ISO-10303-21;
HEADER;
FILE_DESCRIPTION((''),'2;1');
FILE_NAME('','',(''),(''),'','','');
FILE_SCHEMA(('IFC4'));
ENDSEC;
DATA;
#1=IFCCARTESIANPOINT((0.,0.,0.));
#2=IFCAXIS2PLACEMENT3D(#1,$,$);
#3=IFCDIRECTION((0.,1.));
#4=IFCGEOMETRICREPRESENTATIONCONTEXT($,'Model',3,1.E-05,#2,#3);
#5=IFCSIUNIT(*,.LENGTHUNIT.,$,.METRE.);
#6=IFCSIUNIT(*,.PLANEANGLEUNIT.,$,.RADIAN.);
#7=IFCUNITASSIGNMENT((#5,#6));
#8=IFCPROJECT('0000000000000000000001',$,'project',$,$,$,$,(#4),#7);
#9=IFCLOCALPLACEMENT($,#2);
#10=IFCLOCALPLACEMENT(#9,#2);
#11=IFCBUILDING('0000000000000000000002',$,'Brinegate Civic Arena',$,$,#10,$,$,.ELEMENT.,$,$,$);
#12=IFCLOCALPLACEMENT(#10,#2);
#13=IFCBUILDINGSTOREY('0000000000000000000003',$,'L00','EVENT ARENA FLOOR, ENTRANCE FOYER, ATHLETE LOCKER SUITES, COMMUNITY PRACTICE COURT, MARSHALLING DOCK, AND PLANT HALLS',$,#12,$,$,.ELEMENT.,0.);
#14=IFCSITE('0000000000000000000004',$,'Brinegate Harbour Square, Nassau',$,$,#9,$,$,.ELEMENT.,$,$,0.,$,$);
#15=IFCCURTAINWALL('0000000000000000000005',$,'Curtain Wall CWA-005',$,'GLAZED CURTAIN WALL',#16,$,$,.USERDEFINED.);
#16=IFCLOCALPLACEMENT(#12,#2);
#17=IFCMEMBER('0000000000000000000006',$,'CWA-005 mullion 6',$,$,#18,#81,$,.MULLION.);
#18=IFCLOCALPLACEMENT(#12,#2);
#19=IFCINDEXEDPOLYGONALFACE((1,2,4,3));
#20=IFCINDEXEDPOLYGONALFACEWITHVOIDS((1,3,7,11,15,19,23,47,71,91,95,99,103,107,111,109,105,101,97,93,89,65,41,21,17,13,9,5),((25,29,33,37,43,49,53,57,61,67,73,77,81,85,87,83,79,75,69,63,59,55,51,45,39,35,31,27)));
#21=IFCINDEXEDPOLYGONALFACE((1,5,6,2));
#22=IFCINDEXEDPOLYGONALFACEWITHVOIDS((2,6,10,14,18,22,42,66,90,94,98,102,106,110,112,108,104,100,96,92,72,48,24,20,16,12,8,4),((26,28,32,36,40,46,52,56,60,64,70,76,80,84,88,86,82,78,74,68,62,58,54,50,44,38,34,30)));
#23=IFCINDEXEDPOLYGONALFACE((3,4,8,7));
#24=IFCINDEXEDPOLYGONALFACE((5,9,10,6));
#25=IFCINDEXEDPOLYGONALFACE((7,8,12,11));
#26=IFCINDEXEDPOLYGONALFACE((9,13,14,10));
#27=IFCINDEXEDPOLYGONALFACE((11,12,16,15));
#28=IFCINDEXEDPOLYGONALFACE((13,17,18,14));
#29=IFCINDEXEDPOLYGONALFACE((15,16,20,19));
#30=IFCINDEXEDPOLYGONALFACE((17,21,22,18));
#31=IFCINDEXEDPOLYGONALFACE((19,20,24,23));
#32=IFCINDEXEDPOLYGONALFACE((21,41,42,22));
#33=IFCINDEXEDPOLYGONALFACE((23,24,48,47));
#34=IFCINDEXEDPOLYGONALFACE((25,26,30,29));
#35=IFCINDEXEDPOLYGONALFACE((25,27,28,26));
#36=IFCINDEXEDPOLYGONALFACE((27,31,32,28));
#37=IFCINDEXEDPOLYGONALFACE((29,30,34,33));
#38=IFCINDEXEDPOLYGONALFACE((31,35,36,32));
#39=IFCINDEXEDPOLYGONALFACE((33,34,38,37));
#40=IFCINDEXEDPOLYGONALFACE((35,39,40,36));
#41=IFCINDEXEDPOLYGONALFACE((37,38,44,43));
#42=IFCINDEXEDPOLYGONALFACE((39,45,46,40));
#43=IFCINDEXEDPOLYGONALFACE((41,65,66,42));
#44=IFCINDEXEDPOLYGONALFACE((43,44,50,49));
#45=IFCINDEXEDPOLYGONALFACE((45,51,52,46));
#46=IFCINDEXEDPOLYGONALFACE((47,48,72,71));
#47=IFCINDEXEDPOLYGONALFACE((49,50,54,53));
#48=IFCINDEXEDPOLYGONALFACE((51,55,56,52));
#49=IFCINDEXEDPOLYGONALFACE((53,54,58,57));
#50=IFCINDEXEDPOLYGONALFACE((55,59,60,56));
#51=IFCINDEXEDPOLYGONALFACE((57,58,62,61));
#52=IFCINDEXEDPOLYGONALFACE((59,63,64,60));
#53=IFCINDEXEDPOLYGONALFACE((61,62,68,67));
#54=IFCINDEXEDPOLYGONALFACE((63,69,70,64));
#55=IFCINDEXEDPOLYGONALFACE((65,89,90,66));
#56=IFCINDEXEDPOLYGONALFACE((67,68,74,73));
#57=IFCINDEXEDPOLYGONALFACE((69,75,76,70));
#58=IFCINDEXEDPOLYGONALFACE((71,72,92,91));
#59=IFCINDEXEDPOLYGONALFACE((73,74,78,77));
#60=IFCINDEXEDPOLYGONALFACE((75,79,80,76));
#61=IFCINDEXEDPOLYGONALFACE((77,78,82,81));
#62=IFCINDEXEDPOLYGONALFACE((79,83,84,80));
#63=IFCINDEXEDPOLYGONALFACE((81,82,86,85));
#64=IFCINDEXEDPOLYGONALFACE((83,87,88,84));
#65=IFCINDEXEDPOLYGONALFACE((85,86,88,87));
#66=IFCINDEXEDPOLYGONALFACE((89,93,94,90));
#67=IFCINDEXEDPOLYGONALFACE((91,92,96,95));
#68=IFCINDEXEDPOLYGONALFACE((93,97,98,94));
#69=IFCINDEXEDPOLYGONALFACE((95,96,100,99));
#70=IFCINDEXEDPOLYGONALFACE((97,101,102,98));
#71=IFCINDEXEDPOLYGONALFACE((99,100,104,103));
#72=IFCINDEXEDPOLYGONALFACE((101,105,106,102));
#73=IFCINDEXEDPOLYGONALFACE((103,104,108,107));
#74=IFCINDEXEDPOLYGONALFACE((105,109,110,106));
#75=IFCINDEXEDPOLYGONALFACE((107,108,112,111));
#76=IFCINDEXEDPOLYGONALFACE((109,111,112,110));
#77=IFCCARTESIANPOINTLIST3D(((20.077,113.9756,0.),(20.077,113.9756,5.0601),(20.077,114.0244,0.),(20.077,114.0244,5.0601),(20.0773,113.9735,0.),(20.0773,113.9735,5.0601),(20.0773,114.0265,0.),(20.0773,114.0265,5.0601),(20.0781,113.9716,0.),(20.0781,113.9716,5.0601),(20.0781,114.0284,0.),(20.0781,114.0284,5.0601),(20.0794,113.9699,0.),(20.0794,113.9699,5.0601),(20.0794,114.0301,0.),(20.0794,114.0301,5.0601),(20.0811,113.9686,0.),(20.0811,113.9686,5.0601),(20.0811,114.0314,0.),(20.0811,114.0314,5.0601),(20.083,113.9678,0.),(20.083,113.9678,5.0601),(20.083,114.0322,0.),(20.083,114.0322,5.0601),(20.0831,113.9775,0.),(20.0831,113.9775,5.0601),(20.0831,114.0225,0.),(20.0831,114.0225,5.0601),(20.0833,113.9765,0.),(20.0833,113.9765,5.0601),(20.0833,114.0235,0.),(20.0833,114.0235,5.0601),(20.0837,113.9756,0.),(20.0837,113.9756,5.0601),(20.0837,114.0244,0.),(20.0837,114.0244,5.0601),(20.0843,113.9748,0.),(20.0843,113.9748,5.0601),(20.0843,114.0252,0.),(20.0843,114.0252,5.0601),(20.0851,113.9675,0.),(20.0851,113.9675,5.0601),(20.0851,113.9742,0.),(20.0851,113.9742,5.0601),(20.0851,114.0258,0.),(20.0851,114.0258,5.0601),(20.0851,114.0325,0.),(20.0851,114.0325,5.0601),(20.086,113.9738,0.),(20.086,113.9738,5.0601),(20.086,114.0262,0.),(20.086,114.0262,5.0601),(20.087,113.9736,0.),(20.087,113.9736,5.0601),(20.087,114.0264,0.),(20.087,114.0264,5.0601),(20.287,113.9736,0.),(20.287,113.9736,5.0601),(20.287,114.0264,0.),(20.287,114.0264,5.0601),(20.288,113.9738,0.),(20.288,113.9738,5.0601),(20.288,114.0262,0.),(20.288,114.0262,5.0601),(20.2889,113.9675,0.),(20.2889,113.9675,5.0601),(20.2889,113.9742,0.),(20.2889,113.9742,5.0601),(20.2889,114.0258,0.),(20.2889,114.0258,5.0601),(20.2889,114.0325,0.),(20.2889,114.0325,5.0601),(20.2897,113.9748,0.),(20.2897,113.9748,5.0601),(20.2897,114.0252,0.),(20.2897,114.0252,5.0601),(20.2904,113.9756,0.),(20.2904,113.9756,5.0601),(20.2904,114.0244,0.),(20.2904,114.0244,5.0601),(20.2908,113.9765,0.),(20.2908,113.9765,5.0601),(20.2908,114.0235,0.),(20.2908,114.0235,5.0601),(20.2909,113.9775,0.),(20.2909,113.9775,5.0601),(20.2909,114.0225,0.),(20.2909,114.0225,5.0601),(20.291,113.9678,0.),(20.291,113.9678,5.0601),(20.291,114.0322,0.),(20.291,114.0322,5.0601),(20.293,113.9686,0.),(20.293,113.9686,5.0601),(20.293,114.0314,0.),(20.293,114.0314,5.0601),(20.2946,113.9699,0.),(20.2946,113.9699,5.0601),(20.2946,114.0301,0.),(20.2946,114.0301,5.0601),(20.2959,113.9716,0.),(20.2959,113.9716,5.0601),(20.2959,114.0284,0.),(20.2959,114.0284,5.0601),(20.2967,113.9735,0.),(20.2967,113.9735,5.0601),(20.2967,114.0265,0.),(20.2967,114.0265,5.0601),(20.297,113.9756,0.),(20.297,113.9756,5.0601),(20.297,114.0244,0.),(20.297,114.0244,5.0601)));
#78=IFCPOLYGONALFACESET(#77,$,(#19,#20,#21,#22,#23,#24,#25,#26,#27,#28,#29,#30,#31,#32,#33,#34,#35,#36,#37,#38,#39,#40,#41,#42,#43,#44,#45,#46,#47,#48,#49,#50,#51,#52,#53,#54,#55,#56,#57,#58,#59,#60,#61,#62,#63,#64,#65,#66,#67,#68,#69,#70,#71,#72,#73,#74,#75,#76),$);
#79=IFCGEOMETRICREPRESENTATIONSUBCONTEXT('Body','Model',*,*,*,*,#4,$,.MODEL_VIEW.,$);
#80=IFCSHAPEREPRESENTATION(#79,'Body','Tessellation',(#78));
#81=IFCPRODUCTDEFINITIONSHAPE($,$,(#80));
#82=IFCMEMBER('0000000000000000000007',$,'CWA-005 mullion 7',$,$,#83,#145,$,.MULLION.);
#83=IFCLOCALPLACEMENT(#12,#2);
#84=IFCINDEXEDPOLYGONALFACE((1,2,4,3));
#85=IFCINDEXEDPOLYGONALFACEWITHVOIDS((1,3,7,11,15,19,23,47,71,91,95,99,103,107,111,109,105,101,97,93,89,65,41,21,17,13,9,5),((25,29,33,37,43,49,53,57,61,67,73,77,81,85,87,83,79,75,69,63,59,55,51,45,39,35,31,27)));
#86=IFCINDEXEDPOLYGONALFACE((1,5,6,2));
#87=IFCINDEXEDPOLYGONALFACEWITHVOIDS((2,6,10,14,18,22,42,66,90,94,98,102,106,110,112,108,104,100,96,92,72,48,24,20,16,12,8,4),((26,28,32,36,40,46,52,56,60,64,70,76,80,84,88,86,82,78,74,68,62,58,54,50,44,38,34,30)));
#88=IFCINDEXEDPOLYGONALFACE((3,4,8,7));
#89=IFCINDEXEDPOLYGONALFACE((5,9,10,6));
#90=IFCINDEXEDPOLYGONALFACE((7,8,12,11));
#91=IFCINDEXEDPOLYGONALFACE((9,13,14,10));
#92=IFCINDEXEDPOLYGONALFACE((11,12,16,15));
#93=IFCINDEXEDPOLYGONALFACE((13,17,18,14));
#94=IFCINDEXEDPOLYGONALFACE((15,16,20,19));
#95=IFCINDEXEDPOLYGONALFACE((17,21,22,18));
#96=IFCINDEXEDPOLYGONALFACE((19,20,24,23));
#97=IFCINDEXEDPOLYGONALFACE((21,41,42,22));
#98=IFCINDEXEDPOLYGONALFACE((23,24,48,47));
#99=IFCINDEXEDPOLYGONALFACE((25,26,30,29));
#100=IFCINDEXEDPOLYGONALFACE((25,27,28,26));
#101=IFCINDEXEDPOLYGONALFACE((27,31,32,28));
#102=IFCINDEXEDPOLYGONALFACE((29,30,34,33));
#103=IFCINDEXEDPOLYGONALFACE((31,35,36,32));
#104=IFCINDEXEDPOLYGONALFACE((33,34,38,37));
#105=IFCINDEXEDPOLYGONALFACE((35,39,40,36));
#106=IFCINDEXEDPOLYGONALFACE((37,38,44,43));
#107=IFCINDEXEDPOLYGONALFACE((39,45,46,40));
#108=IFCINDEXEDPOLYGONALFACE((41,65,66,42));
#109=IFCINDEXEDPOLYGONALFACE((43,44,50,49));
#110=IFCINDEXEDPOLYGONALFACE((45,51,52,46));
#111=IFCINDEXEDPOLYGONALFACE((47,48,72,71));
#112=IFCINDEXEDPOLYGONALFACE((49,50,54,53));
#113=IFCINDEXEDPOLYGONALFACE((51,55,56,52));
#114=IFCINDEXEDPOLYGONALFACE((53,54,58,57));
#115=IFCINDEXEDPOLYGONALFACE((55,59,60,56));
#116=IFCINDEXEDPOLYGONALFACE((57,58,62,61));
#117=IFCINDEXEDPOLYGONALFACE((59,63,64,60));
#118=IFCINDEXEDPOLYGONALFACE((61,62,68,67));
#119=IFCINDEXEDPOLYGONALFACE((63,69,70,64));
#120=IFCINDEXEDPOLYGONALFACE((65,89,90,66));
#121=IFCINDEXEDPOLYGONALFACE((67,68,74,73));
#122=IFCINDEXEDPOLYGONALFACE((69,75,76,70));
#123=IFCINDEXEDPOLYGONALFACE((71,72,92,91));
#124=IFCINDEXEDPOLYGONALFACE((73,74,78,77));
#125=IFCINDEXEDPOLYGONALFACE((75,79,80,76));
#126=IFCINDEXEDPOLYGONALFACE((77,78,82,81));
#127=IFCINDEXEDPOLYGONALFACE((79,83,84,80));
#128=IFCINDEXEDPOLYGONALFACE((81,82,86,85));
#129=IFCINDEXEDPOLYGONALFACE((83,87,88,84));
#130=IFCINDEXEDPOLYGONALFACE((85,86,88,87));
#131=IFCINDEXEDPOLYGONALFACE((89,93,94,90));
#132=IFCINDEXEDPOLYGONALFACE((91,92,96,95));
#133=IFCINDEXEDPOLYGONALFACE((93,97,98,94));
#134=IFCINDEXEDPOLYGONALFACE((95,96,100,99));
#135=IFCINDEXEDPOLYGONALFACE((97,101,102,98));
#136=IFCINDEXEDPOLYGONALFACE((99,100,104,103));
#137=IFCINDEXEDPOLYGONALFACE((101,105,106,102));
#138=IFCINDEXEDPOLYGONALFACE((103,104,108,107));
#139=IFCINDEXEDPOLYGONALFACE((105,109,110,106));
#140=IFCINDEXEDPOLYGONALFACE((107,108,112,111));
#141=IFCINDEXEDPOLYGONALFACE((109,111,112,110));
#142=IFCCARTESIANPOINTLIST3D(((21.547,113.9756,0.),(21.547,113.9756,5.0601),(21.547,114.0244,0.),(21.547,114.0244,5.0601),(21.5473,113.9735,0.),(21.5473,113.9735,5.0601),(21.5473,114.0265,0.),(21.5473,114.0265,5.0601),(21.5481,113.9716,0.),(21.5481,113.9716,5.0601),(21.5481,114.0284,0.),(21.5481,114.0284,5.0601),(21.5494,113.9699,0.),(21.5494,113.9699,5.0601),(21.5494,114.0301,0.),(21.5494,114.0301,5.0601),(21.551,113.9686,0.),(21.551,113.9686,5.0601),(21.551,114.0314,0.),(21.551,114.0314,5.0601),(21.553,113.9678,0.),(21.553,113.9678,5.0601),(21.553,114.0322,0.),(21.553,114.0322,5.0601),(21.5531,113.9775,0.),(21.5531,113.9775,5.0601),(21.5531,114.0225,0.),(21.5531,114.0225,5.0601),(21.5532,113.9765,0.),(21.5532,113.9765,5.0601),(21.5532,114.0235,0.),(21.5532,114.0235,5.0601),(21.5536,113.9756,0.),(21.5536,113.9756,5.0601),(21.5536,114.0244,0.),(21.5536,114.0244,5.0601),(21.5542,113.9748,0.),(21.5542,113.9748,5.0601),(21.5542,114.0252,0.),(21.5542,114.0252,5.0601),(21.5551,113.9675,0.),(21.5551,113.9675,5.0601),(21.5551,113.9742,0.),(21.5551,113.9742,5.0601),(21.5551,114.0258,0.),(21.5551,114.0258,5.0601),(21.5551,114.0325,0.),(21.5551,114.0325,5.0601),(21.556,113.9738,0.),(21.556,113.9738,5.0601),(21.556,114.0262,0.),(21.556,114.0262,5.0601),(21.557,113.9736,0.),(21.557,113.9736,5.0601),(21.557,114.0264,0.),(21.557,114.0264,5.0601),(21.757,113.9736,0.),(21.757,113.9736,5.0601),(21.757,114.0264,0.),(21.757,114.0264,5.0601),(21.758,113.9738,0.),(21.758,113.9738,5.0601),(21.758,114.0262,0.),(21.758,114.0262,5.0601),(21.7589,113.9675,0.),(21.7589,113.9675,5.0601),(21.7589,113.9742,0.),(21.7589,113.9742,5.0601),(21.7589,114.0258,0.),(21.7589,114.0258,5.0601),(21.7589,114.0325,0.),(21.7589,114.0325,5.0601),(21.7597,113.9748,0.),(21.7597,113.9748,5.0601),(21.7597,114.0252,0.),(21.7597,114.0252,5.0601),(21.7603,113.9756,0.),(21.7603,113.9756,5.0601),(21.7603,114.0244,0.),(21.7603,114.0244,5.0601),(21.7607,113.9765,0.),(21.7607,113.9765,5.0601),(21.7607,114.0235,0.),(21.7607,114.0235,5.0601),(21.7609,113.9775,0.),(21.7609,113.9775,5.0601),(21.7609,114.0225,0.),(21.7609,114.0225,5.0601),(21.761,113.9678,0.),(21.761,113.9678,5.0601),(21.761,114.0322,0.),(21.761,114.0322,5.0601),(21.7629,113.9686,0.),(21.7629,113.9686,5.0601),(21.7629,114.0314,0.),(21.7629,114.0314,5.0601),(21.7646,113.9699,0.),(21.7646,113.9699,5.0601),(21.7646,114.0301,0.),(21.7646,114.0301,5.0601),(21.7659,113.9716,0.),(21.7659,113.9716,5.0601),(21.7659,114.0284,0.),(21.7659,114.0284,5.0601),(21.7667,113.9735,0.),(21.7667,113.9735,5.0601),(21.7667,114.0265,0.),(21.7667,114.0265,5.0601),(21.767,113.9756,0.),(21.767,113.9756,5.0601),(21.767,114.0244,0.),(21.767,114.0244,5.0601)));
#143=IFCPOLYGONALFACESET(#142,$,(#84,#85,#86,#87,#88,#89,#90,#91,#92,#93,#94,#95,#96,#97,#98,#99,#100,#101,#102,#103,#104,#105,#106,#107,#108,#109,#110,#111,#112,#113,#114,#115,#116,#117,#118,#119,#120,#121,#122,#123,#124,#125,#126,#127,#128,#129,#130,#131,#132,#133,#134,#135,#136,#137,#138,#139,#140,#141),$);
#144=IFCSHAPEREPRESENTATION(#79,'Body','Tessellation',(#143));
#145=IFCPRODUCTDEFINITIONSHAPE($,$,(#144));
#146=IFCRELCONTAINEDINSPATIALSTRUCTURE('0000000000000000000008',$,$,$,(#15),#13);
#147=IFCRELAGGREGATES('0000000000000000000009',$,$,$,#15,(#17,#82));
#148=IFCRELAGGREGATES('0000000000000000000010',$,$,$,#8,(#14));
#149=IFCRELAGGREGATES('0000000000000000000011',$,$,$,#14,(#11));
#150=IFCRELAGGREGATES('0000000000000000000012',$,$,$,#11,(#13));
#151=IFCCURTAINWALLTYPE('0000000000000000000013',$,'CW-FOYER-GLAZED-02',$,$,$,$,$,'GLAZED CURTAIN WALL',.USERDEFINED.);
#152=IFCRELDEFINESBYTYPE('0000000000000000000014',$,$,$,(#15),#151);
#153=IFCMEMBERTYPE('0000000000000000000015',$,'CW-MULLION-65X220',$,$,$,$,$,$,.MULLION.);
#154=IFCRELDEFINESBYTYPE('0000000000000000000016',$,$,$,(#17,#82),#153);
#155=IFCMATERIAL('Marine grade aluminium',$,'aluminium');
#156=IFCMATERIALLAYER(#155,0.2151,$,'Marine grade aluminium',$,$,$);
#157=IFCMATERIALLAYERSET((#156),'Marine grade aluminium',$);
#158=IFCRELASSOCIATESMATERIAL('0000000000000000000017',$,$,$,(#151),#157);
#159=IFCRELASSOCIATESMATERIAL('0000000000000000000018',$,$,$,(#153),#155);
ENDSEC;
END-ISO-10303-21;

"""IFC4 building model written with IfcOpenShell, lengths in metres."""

from ifc_helpers import new_model, si_unit, direction, frame, origin, origin_2d, place, context, subcontext, project, spatial, hollow_rectangle, extrude, material, layer, layer_set, material_profile, profile_set, type_object, element, aggregate, save


model = new_model("IFC4")

# Units and contexts
model_context = context("Model", 3, precision=1e-05, world=origin(), true_north=direction((0.0, 1.0)))
body_context = subcontext(model_context, "Body", "Model", "MODEL_VIEW")
ifc_project = project(units=[si_unit("LENGTHUNIT", "METRE"), si_unit("PLANEANGLEUNIT", "RADIAN")], contexts=[model_context])

# Site, building, storey
site_placement = place(None, origin())
site = spatial("IfcSite", under=ifc_project, at=site_placement, Name="Brinegate Harbour Square, Nassau", CompositionType="ELEMENT", RefElevation=0.0)
building_placement = place(site_placement, origin())
building = spatial("IfcBuilding", under=site, at=building_placement, Name="Brinegate Civic Arena", CompositionType="ELEMENT")
storey_placement = place(building_placement, origin())
storey = spatial("IfcBuildingStorey", under=building, at=storey_placement, Name="L00", Description="EVENT ARENA FLOOR, ENTRANCE FOYER, ATHLETE LOCKER SUITES, COMMUNITY PRACTICE COURT, MARSHALLING DOCK, AND PLANT HALLS", CompositionType="ELEMENT", Elevation=0.0)

# Curtain wall, members
ifc_material_1 = material(Name="Marine grade aluminium", Category="aluminium")
ifc_layer_1 = layer(ifc_material_1, 0.2151, Name="Marine grade aluminium")
ifc_layer_set_1 = layer_set([ifc_layer_1], Name="Marine grade aluminium")
curtain_wall_type = type_object("IfcCurtainWallType", Name="CW-FOYER-GLAZED-02", ElementType="GLAZED CURTAIN WALL", PredefinedType="USERDEFINED", material=ifc_layer_set_1)
curtain_wall_placement = place(storey_placement, origin())
curtain_wall = element("IfcCurtainWall", 1, at=curtain_wall_placement, inside=storey, type_object=curtain_wall_type, Name="Curtain Wall CWA-005", ObjectType="GLAZED CURTAIN WALL", PredefinedType="USERDEFINED")
ifc_material_profile_1 = material_profile(ifc_material_1, hollow_rectangle(XDim=0.0649, YDim=0.22, WallThickness=0.0061, InnerFilletRadius=0.0039, OuterFilletRadius=0.0081, at=origin_2d()), Name="MUL65X220")
ifc_profile_set_1 = profile_set([ifc_material_profile_1], Name="Marine grade aluminium")
member_type_1 = type_object("IfcMemberType", Name="CW-MULLION-65X220", PredefinedType="MULLION", material=ifc_profile_set_1)
member_1_placement = place(storey_placement, frame((20.187, 114.0, 0.0), z_axis=(0.0, 0.0, 1.0), x_axis=(0.0, 1.0, 0.0)))
member_1 = element("IfcMember", 2, at=member_1_placement, type_object=member_type_1, Name="CWA-005 mullion 6", PredefinedType="MULLION", context=body_context, shape_type="SweptSolid", body=[
    extrude(hollow_rectangle(XDim=0.0649, YDim=0.22, WallThickness=0.0061, InnerFilletRadius=0.0039, OuterFilletRadius=0.0081, at=origin_2d()), origin(), (0.0, 0.0, 1.0), 5.0601),
])
member_2_placement = place(storey_placement, frame((21.657, 114.0, 0.0), z_axis=(0.0, 0.0, 1.0), x_axis=(0.0, 1.0, 0.0)))
member_2 = element("IfcMember", 3, at=member_2_placement, type_object=member_type_1, Name="CWA-005 mullion 7", PredefinedType="MULLION", context=body_context, shape_type="SweptSolid", body=[
    extrude(hollow_rectangle(XDim=0.0649, YDim=0.22, WallThickness=0.0061, InnerFilletRadius=0.0039, OuterFilletRadius=0.0081, at=origin_2d()), origin(), (0.0, 0.0, 1.0), 5.0601),
])

aggregate(curtain_wall, [member_1, member_2])

save(model, "model.ifc")
